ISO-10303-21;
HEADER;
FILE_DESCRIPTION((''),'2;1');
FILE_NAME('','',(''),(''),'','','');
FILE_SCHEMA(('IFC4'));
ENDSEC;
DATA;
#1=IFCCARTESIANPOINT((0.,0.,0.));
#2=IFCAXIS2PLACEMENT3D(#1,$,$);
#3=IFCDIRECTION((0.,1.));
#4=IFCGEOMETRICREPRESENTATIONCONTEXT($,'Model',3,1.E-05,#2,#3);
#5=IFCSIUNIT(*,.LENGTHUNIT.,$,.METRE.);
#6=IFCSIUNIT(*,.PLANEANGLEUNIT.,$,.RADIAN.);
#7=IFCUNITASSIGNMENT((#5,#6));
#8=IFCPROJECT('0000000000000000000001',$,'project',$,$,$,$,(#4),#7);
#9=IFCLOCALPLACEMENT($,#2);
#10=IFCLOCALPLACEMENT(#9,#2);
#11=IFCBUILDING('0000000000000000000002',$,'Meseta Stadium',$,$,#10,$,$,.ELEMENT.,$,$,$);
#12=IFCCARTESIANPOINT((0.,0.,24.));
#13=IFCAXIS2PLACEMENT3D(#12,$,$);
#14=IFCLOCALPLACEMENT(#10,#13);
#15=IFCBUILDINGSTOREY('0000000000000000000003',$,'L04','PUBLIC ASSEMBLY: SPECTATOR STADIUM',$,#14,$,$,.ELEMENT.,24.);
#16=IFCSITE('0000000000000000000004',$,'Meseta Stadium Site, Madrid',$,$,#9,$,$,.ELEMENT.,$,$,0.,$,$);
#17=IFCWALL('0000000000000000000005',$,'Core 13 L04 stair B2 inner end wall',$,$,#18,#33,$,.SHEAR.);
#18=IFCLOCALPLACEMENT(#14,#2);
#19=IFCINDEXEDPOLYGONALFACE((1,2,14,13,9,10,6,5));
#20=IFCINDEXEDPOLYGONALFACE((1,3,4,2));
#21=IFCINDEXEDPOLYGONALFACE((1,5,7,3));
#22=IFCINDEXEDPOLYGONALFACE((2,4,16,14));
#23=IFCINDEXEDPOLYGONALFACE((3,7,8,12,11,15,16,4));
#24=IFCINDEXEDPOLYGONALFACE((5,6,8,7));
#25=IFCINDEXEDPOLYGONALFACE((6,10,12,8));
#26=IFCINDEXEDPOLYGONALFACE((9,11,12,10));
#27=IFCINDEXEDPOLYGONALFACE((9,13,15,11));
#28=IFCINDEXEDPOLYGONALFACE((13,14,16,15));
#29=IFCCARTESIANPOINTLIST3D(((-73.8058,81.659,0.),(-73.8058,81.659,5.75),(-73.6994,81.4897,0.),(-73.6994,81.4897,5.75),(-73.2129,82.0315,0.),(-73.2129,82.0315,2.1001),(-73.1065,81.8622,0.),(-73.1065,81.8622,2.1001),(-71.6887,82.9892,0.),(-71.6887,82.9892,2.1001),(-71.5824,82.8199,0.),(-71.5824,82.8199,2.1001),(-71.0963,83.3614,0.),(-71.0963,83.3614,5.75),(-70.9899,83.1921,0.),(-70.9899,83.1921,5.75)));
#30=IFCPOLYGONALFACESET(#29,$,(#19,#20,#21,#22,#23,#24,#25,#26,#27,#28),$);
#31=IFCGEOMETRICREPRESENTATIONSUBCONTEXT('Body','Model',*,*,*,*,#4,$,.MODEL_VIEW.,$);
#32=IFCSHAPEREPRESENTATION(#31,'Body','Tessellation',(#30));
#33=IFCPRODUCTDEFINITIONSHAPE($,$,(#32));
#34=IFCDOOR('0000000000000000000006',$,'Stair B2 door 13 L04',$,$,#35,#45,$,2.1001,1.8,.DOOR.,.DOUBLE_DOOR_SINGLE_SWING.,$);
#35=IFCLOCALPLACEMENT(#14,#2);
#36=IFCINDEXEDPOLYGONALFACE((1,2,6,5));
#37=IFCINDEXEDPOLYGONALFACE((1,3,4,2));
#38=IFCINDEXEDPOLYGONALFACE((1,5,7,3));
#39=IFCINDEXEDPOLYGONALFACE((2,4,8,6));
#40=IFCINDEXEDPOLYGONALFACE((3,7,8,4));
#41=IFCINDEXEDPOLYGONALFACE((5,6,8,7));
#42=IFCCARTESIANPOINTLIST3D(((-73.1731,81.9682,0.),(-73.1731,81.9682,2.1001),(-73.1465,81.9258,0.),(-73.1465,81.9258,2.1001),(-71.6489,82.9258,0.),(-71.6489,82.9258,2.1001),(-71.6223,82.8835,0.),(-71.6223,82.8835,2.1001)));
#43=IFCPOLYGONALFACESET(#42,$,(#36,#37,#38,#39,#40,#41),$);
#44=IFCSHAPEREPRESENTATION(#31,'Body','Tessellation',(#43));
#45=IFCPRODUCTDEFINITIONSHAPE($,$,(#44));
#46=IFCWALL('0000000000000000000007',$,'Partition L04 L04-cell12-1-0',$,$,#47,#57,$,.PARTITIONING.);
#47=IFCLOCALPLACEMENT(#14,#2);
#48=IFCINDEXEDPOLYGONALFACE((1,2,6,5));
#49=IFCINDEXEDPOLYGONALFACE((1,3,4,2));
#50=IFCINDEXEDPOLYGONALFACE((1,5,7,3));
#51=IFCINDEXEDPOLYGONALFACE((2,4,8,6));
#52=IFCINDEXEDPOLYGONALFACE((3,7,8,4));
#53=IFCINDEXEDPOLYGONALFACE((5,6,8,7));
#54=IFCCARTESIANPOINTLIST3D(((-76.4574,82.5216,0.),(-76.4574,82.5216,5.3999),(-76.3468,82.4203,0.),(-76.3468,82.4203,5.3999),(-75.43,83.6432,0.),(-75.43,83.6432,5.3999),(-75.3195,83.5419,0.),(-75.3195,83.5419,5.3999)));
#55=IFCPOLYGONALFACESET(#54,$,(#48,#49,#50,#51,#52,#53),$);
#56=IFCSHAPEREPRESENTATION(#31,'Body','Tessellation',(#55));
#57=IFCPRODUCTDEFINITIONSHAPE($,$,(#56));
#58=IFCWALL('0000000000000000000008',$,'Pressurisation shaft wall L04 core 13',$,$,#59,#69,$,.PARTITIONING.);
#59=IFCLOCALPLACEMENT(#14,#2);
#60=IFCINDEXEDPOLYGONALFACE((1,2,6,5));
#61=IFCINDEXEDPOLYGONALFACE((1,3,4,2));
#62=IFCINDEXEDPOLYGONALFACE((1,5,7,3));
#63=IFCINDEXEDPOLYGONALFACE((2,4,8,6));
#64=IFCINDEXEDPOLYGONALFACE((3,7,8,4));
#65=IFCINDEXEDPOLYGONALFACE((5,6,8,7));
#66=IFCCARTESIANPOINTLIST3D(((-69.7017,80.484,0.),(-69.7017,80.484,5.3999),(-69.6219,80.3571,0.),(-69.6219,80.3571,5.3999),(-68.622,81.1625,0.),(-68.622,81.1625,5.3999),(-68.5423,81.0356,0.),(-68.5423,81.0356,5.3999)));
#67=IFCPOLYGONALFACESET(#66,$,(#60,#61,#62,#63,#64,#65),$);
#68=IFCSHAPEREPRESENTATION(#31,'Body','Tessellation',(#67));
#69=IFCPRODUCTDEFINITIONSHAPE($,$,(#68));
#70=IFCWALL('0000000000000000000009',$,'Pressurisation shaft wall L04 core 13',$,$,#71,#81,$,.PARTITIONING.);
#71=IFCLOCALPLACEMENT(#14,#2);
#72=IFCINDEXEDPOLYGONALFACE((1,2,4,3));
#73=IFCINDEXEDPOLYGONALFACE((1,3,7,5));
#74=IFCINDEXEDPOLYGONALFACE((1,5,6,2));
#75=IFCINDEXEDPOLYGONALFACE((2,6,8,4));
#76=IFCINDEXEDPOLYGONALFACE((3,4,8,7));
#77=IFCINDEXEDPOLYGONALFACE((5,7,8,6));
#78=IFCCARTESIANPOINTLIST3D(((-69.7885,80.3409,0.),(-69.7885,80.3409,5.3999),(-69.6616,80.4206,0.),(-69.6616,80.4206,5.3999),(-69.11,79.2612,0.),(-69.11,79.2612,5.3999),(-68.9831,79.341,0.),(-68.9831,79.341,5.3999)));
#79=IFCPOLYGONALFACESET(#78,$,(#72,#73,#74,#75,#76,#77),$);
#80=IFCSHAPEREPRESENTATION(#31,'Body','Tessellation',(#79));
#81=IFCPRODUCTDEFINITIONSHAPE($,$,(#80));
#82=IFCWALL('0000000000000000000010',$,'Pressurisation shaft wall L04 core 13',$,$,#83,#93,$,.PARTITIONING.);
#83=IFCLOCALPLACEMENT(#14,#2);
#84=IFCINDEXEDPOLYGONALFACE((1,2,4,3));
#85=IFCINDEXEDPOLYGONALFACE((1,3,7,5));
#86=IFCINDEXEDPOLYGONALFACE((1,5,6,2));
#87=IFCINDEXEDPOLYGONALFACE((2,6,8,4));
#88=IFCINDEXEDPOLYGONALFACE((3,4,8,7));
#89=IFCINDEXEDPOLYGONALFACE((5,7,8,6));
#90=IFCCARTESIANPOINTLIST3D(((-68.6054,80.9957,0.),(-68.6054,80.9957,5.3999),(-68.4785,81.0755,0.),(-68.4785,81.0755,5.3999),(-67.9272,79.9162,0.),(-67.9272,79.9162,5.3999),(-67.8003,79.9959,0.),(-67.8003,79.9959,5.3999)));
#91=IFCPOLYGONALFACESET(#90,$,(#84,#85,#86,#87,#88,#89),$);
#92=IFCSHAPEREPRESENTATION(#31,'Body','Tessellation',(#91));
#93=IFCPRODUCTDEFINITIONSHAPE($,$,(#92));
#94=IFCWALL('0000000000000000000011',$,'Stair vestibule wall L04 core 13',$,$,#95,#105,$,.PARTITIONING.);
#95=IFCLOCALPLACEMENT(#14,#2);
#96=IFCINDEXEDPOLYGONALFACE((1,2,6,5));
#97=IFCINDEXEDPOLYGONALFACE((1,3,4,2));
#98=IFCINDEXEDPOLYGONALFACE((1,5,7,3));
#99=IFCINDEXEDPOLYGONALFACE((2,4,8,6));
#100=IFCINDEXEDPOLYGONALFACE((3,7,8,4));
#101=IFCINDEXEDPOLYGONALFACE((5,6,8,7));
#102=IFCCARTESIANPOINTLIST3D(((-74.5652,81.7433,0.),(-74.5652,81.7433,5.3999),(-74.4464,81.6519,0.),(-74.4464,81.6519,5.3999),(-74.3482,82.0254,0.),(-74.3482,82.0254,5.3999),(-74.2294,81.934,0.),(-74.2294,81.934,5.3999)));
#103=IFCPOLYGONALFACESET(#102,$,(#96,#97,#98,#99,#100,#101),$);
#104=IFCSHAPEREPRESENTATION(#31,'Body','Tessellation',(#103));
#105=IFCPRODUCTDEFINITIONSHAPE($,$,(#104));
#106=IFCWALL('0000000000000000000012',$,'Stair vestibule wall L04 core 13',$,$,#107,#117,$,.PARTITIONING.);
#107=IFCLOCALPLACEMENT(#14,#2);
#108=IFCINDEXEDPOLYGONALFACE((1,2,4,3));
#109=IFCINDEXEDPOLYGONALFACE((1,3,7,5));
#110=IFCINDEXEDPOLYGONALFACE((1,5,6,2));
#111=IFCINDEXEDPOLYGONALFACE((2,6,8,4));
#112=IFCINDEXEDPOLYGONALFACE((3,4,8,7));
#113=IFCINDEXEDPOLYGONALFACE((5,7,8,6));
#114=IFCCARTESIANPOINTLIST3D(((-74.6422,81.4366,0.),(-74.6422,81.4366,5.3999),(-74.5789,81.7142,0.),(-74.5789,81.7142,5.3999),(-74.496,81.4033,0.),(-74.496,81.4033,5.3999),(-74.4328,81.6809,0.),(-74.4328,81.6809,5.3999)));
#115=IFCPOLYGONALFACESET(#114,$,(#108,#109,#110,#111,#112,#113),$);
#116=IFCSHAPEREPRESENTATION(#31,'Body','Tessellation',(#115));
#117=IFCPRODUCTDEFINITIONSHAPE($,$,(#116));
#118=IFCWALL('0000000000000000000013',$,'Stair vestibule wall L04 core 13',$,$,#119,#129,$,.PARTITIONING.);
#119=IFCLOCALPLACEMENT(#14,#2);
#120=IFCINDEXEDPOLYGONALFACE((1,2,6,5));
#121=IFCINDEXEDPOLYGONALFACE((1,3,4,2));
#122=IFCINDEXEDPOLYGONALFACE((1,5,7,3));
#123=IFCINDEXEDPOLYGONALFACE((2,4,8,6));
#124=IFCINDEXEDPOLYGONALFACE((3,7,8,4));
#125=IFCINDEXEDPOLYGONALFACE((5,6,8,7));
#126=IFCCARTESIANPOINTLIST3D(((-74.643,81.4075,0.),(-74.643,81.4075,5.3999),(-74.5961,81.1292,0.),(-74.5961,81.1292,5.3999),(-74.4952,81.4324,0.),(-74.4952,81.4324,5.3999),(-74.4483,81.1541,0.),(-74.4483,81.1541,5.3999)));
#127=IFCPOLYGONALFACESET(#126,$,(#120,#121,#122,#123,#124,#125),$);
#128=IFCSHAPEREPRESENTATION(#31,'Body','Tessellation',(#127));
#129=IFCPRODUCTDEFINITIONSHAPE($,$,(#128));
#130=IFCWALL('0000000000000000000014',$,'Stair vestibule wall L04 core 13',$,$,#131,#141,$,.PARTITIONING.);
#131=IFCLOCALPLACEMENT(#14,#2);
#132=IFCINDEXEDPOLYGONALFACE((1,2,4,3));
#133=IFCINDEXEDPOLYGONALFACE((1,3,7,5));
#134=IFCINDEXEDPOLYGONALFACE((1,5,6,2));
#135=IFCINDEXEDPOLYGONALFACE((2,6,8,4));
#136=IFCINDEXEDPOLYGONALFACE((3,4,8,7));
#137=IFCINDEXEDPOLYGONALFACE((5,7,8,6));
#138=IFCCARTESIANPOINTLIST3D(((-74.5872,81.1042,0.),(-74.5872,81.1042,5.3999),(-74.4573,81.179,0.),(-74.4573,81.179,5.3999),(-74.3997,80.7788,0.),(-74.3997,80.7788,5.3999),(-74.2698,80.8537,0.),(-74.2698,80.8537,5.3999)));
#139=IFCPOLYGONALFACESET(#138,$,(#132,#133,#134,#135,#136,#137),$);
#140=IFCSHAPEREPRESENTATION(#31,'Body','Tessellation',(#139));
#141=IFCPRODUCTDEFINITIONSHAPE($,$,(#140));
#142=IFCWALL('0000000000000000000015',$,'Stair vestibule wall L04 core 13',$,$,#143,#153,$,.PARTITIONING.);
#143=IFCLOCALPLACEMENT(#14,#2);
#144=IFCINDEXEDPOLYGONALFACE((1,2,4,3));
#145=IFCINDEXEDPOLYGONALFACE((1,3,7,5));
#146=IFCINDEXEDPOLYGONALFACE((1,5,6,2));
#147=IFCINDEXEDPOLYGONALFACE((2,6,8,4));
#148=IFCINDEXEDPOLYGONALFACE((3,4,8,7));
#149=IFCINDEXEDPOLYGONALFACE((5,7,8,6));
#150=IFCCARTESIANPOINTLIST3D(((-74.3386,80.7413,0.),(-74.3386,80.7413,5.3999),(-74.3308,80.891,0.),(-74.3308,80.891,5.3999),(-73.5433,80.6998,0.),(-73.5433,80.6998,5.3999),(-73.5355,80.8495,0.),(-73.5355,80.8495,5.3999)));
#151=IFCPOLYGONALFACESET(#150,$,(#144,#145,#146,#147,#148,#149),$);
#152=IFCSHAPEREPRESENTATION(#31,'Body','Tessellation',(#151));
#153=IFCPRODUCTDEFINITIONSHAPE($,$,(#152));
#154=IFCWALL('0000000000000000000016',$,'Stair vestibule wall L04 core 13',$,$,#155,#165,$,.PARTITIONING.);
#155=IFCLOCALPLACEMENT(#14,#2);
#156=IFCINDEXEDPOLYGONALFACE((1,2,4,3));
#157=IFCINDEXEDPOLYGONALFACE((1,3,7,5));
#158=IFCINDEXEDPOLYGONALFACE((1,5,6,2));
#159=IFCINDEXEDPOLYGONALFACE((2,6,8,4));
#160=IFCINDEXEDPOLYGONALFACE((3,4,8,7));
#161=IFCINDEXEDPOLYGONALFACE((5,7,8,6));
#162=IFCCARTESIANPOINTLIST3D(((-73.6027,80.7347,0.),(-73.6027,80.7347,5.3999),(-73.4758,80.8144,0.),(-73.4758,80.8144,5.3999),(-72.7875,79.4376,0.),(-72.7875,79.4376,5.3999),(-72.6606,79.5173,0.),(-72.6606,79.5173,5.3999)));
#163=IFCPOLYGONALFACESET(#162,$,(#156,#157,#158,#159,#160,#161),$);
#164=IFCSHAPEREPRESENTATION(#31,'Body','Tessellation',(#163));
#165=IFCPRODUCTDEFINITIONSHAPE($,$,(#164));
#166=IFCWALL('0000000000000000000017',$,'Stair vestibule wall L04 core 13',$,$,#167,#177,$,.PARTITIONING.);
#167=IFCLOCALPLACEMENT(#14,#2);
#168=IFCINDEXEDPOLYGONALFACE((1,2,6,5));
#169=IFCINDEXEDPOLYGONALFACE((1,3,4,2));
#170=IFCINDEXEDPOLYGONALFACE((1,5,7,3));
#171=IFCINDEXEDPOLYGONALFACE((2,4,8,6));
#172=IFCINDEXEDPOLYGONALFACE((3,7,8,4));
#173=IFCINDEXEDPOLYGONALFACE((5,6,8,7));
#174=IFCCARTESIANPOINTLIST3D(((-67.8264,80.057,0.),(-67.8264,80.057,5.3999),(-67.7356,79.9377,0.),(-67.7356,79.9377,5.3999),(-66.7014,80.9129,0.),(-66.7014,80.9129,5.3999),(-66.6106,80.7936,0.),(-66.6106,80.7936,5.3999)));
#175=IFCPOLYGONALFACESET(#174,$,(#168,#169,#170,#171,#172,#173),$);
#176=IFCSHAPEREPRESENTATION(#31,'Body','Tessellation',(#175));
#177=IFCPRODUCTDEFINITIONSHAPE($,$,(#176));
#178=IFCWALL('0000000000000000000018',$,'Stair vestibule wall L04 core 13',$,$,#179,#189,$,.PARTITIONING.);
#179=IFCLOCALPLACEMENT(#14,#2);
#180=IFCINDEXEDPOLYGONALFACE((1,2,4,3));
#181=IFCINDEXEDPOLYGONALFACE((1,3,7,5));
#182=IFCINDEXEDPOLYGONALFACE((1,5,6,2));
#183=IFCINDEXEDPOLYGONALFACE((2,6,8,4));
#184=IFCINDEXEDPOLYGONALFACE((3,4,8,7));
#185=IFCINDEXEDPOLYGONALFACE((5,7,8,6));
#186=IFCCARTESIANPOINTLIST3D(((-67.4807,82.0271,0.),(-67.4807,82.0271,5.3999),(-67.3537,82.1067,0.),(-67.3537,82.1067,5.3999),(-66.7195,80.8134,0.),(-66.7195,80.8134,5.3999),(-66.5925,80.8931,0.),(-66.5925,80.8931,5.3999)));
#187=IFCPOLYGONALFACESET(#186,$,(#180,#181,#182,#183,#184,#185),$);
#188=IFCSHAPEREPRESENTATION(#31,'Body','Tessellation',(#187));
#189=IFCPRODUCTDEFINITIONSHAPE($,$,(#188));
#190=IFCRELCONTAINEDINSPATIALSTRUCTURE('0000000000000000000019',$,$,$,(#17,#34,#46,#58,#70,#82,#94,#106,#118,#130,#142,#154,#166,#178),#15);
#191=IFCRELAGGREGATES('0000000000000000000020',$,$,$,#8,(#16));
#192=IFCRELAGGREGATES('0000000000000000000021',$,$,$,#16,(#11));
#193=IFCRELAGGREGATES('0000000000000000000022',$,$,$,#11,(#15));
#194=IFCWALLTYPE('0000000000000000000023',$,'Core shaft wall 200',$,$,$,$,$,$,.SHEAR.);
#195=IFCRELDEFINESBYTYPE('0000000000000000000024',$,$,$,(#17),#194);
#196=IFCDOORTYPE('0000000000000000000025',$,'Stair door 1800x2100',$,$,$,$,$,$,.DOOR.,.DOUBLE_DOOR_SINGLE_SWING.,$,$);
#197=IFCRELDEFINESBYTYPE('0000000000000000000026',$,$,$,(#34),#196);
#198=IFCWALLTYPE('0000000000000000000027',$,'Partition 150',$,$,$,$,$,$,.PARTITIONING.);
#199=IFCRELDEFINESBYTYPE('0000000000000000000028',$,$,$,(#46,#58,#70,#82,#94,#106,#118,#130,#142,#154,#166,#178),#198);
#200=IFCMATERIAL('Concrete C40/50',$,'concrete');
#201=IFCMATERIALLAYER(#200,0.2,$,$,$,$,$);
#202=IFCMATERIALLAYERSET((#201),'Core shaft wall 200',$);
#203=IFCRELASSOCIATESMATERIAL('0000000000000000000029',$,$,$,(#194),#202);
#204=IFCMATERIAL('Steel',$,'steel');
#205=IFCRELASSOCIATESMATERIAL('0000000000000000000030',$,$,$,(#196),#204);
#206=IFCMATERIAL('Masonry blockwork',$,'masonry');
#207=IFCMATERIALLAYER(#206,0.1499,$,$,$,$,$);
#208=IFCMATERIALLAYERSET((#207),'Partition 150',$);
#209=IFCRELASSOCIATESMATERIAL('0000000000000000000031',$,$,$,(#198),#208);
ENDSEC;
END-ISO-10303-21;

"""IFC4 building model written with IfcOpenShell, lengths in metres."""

from ifc_helpers import new_model, si_unit, direction, frame, frame_2d, origin, place, context, subcontext, project, spatial, rectangle, extrude, material, layer, layer_set, type_object, element, fill, save


model = new_model("IFC4")

# Units and contexts
model_context = context("Model", 3, precision=1e-05, world=origin(), true_north=direction((0.0, 1.0)))
body_context = subcontext(model_context, "Body", "Model", "MODEL_VIEW")
ifc_project = project(units=[si_unit("LENGTHUNIT", "METRE"), si_unit("PLANEANGLEUNIT", "RADIAN")], contexts=[model_context])

# Site, building, storey
site_placement = place(None, origin())
site = spatial("IfcSite", under=ifc_project, at=site_placement, Name="Meseta Stadium Site, Madrid", CompositionType="ELEMENT", RefElevation=0.0)
building_placement = place(site_placement, origin())
building = spatial("IfcBuilding", under=site, at=building_placement, Name="Meseta Stadium", CompositionType="ELEMENT")
storey_placement = place(building_placement, frame((0.0, 0.0, 24.0)))
storey = spatial("IfcBuildingStorey", under=building, at=storey_placement, Name="L04", Description="PUBLIC ASSEMBLY: SPECTATOR STADIUM", CompositionType="ELEMENT", Elevation=24.0)

# Wall, opening, door
ifc_material_1 = material(Name="Concrete C40/50", Category="concrete")
ifc_layer_1 = layer(ifc_material_1, 0.2)
ifc_layer_set_1 = layer_set([ifc_layer_1], Name="Core shaft wall 200")
wall_type_1 = type_object("IfcWallType", Name="Core shaft wall 200", PredefinedType="SHEAR", material=ifc_layer_set_1)
ifc_material_2 = material(Name="Steel", Category="steel")
door_type = type_object("IfcDoorType", Name="Stair door 1800x2100", OperationType="DOUBLE_DOOR_SINGLE_SWING", PredefinedType="DOOR", material=ifc_material_2)
wall_1_placement = place(storey_placement, frame((-71.043, 83.2769, 0.0), z_axis=(0.0, 0.0, 1.0), x_axis=(-0.846736, -0.532014, 0.0)))
wall_1 = element("IfcWall", 1, at=wall_1_placement, inside=storey, type_object=wall_type_1, Name="Core 13 L04 stair B2 inner end wall", PredefinedType="SHEAR", context=body_context, shape_type="SweptSolid", body=[
    extrude(rectangle(XDim=3.2, YDim=0.2, at=frame_2d((1.6001, 0.0))), origin(), (0.0, 0.0, 1.0), 5.75),
])
opening_1_placement = place(wall_1_placement, frame((0.7, 0.0, 0.0)))
opening_1 = element("IfcOpeningElement", 2, at=opening_1_placement, cuts=wall_1, PredefinedType="OPENING", context=body_context, shape_type="SweptSolid", body=[
    extrude(rectangle(XDim=1.8, YDim=2.1001, at=frame_2d((0.8999, 1.05))), frame((0.0, 0.1099, 0.0), z_axis=(0.0, -1.0, 0.0), x_axis=(1.0, 0.0, 0.0)), (0.0, 0.0, 1.0), 0.22),
])
door_1_placement = place(opening_1_placement, origin())
door_1 = element("IfcDoor", 3, at=door_1_placement, inside=storey, type_object=door_type, Name="Stair B2 door 13 L04", OperationType="DOUBLE_DOOR_SINGLE_SWING", OverallHeight=2.1001, OverallWidth=1.8, PredefinedType="DOOR", context=body_context, shape_type="SweptSolid", body=[
    extrude(rectangle(XDim=1.8, YDim=2.1001, at=frame_2d((0.8999, 1.05))), frame((0.0, 0.0249, 0.0), z_axis=(0.0, -1.0, 0.0), x_axis=(1.0, 0.0, 0.0)), (0.0, 0.0, 1.0), 0.05),
])
fill(opening_1, door_1)

# Walls
ifc_material_3 = material(Name="Masonry blockwork", Category="masonry")
ifc_layer_2 = layer(ifc_material_3, 0.1499)
ifc_layer_set_2 = layer_set([ifc_layer_2], Name="Partition 150")
wall_type_2 = type_object("IfcWallType", Name="Partition 150", PredefinedType="PARTITIONING", material=ifc_layer_set_2)
wall_2_placement = place(storey_placement, frame((-75.3748, 83.5925, 0.0), z_axis=(0.0, 0.0, 1.0), x_axis=(-0.675448, -0.737407, 0.0)))
element("IfcWall", 4, at=wall_2_placement, inside=storey, type_object=wall_type_2, Name="Partition L04 L04-cell12-1-0", PredefinedType="PARTITIONING", context=body_context, shape_type="SweptSolid", body=[
    extrude(rectangle(XDim=1.521, YDim=0.1499, at=frame_2d((0.7605, 0.0))), origin(), (0.0, 0.0, 1.0), 5.3999),
])
for number, where, z_axis, x_axis, name in (
    (5, (-68.582, 81.0991, 0.0), (0.0, 0.0, 1.0), (-0.846683, -0.532097, 0.0), "Pressurisation shaft wall L04 core 13"),
    (6, (-69.7251, 80.3809, 0.0), (0.0, 0.0, 1.0), (0.532097, -0.846683, 0.0), "Pressurisation shaft wall L04 core 13"),
):
    element("IfcWall", number, at=place(storey_placement, frame(where, z_axis=z_axis, x_axis=x_axis)), inside=storey, type_object=wall_type_2, Name=name, PredefinedType="PARTITIONING", context=body_context, shape_type="SweptSolid", body=[
        extrude(rectangle(XDim=1.2751, YDim=0.1499, at=frame_2d((0.6377, 0.0))), origin(), (0.0, 0.0, 1.0), 5.3999),
    ])
wall_3_placement = place(storey_placement, frame((-67.8638, 79.9561, 0.0), z_axis=(0.0, 0.0, 1.0), x_axis=(-0.53196, 0.84677, 0.0)))
element("IfcWall", 7, at=wall_3_placement, inside=storey, type_object=wall_type_2, Name="Pressurisation shaft wall L04 core 13", PredefinedType="PARTITIONING", context=body_context, shape_type="SweptSolid", body=[
    extrude(rectangle(XDim=1.2749, YDim=0.1499, at=frame_2d((0.6375, 0.0))), origin(), (0.0, 0.0, 1.0), 5.3999),
])
wall_4_placement = place(storey_placement, frame((-74.2888, 81.9797, 0.0), z_axis=(0.0, 0.0, 1.0), x_axis=(-0.609611, -0.7927, 0.0)))
element("IfcWall", 8, at=wall_4_placement, inside=storey, type_object=wall_type_2, Name="Stair vestibule wall L04 core 13", PredefinedType="PARTITIONING", context=body_context, shape_type="SweptSolid", body=[
    extrude(rectangle(XDim=0.356, YDim=0.1499, at=frame_2d((0.178, 0.0))), origin(), (0.0, 0.0, 1.0), 5.3999),
])
wall_5_placement = place(storey_placement, frame((-74.5059, 81.6975, 0.0), z_axis=(0.0, 0.0, 1.0), x_axis=(-0.222103, -0.975023, 0.0)))
element("IfcWall", 9, at=wall_5_placement, inside=storey, type_object=wall_type_2, Name="Stair vestibule wall L04 core 13", PredefinedType="PARTITIONING", context=body_context, shape_type="SweptSolid", body=[
    extrude(rectangle(XDim=0.2847, YDim=0.1499, at=frame_2d((0.1423, 0.0))), origin(), (0.0, 0.0, 1.0), 5.3999),
])
wall_6_placement = place(storey_placement, frame((-74.5691, 81.4199, 0.0), z_axis=(0.0, 0.0, 1.0), x_axis=(0.166082, -0.986112, 0.0)))
element("IfcWall", 10, at=wall_6_placement, inside=storey, type_object=wall_type_2, Name="Stair vestibule wall L04 core 13", PredefinedType="PARTITIONING", context=body_context, shape_type="SweptSolid", body=[
    extrude(rectangle(XDim=0.2822, YDim=0.1499, at=frame_2d((0.1411, 0.0))), origin(), (0.0, 0.0, 1.0), 5.3999),
])
wall_7_placement = place(storey_placement, frame((-74.5222, 81.1416, 0.0), z_axis=(0.0, 0.0, 1.0), x_axis=(0.499216, -0.866478, 0.0)))
element("IfcWall", 11, at=wall_7_placement, inside=storey, type_object=wall_type_2, Name="Stair vestibule wall L04 core 13", PredefinedType="PARTITIONING", context=body_context, shape_type="SweptSolid", body=[
    extrude(rectangle(XDim=0.3755, YDim=0.1499, at=frame_2d((0.1877, 0.0))), origin(), (0.0, 0.0, 1.0), 5.3999),
])
wall_8_placement = place(storey_placement, frame((-74.3347, 80.8162, 0.0), z_axis=(0.0, 0.0, 1.0), x_axis=(0.998641, -0.052108, 0.0)))
element("IfcWall", 12, at=wall_8_placement, inside=storey, type_object=wall_type_2, Name="Stair vestibule wall L04 core 13", PredefinedType="PARTITIONING", context=body_context, shape_type="SweptSolid", body=[
    extrude(rectangle(XDim=0.7964, YDim=0.1499, at=frame_2d((0.3982, 0.0))), origin(), (0.0, 0.0, 1.0), 5.3999),
])
wall_9_placement = place(storey_placement, frame((-73.5393, 80.7747, 0.0), z_axis=(0.0, 0.0, 1.0), x_axis=(0.532103, -0.84668, 0.0)))
element("IfcWall", 13, at=wall_9_placement, inside=storey, type_object=wall_type_2, Name="Stair vestibule wall L04 core 13", PredefinedType="PARTITIONING", context=body_context, shape_type="SweptSolid", body=[
    extrude(rectangle(XDim=1.532, YDim=0.1499, at=frame_2d((0.7661, 0.0))), origin(), (0.0, 0.0, 1.0), 5.3999),
])
wall_10_placement = place(storey_placement, frame((-67.781, 79.9973, 0.0), z_axis=(0.0, 0.0, 1.0), x_axis=(0.795836, 0.605512, 0.0)))
element("IfcWall", 14, at=wall_10_placement, inside=storey, type_object=wall_type_2, Name="Stair vestibule wall L04 core 13", PredefinedType="PARTITIONING", context=body_context, shape_type="SweptSolid", body=[
    extrude(rectangle(XDim=1.4136, YDim=0.1499, at=frame_2d((0.7068, 0.0))), origin(), (0.0, 0.0, 1.0), 5.3999),
])
wall_11_placement = place(storey_placement, frame((-66.656, 80.8533, 0.0), z_axis=(0.0, 0.0, 1.0), x_axis=(-0.531362, 0.847145, 0.0)))
element("IfcWall", 15, at=wall_11_placement, inside=storey, type_object=wall_type_2, Name="Stair vestibule wall L04 core 13", PredefinedType="PARTITIONING", context=body_context, shape_type="SweptSolid", body=[
    extrude(rectangle(XDim=1.4326, YDim=0.1499, at=frame_2d((0.7163, 0.0))), origin(), (0.0, 0.0, 1.0), 5.3999),
])

save(model, "model.ifc")
